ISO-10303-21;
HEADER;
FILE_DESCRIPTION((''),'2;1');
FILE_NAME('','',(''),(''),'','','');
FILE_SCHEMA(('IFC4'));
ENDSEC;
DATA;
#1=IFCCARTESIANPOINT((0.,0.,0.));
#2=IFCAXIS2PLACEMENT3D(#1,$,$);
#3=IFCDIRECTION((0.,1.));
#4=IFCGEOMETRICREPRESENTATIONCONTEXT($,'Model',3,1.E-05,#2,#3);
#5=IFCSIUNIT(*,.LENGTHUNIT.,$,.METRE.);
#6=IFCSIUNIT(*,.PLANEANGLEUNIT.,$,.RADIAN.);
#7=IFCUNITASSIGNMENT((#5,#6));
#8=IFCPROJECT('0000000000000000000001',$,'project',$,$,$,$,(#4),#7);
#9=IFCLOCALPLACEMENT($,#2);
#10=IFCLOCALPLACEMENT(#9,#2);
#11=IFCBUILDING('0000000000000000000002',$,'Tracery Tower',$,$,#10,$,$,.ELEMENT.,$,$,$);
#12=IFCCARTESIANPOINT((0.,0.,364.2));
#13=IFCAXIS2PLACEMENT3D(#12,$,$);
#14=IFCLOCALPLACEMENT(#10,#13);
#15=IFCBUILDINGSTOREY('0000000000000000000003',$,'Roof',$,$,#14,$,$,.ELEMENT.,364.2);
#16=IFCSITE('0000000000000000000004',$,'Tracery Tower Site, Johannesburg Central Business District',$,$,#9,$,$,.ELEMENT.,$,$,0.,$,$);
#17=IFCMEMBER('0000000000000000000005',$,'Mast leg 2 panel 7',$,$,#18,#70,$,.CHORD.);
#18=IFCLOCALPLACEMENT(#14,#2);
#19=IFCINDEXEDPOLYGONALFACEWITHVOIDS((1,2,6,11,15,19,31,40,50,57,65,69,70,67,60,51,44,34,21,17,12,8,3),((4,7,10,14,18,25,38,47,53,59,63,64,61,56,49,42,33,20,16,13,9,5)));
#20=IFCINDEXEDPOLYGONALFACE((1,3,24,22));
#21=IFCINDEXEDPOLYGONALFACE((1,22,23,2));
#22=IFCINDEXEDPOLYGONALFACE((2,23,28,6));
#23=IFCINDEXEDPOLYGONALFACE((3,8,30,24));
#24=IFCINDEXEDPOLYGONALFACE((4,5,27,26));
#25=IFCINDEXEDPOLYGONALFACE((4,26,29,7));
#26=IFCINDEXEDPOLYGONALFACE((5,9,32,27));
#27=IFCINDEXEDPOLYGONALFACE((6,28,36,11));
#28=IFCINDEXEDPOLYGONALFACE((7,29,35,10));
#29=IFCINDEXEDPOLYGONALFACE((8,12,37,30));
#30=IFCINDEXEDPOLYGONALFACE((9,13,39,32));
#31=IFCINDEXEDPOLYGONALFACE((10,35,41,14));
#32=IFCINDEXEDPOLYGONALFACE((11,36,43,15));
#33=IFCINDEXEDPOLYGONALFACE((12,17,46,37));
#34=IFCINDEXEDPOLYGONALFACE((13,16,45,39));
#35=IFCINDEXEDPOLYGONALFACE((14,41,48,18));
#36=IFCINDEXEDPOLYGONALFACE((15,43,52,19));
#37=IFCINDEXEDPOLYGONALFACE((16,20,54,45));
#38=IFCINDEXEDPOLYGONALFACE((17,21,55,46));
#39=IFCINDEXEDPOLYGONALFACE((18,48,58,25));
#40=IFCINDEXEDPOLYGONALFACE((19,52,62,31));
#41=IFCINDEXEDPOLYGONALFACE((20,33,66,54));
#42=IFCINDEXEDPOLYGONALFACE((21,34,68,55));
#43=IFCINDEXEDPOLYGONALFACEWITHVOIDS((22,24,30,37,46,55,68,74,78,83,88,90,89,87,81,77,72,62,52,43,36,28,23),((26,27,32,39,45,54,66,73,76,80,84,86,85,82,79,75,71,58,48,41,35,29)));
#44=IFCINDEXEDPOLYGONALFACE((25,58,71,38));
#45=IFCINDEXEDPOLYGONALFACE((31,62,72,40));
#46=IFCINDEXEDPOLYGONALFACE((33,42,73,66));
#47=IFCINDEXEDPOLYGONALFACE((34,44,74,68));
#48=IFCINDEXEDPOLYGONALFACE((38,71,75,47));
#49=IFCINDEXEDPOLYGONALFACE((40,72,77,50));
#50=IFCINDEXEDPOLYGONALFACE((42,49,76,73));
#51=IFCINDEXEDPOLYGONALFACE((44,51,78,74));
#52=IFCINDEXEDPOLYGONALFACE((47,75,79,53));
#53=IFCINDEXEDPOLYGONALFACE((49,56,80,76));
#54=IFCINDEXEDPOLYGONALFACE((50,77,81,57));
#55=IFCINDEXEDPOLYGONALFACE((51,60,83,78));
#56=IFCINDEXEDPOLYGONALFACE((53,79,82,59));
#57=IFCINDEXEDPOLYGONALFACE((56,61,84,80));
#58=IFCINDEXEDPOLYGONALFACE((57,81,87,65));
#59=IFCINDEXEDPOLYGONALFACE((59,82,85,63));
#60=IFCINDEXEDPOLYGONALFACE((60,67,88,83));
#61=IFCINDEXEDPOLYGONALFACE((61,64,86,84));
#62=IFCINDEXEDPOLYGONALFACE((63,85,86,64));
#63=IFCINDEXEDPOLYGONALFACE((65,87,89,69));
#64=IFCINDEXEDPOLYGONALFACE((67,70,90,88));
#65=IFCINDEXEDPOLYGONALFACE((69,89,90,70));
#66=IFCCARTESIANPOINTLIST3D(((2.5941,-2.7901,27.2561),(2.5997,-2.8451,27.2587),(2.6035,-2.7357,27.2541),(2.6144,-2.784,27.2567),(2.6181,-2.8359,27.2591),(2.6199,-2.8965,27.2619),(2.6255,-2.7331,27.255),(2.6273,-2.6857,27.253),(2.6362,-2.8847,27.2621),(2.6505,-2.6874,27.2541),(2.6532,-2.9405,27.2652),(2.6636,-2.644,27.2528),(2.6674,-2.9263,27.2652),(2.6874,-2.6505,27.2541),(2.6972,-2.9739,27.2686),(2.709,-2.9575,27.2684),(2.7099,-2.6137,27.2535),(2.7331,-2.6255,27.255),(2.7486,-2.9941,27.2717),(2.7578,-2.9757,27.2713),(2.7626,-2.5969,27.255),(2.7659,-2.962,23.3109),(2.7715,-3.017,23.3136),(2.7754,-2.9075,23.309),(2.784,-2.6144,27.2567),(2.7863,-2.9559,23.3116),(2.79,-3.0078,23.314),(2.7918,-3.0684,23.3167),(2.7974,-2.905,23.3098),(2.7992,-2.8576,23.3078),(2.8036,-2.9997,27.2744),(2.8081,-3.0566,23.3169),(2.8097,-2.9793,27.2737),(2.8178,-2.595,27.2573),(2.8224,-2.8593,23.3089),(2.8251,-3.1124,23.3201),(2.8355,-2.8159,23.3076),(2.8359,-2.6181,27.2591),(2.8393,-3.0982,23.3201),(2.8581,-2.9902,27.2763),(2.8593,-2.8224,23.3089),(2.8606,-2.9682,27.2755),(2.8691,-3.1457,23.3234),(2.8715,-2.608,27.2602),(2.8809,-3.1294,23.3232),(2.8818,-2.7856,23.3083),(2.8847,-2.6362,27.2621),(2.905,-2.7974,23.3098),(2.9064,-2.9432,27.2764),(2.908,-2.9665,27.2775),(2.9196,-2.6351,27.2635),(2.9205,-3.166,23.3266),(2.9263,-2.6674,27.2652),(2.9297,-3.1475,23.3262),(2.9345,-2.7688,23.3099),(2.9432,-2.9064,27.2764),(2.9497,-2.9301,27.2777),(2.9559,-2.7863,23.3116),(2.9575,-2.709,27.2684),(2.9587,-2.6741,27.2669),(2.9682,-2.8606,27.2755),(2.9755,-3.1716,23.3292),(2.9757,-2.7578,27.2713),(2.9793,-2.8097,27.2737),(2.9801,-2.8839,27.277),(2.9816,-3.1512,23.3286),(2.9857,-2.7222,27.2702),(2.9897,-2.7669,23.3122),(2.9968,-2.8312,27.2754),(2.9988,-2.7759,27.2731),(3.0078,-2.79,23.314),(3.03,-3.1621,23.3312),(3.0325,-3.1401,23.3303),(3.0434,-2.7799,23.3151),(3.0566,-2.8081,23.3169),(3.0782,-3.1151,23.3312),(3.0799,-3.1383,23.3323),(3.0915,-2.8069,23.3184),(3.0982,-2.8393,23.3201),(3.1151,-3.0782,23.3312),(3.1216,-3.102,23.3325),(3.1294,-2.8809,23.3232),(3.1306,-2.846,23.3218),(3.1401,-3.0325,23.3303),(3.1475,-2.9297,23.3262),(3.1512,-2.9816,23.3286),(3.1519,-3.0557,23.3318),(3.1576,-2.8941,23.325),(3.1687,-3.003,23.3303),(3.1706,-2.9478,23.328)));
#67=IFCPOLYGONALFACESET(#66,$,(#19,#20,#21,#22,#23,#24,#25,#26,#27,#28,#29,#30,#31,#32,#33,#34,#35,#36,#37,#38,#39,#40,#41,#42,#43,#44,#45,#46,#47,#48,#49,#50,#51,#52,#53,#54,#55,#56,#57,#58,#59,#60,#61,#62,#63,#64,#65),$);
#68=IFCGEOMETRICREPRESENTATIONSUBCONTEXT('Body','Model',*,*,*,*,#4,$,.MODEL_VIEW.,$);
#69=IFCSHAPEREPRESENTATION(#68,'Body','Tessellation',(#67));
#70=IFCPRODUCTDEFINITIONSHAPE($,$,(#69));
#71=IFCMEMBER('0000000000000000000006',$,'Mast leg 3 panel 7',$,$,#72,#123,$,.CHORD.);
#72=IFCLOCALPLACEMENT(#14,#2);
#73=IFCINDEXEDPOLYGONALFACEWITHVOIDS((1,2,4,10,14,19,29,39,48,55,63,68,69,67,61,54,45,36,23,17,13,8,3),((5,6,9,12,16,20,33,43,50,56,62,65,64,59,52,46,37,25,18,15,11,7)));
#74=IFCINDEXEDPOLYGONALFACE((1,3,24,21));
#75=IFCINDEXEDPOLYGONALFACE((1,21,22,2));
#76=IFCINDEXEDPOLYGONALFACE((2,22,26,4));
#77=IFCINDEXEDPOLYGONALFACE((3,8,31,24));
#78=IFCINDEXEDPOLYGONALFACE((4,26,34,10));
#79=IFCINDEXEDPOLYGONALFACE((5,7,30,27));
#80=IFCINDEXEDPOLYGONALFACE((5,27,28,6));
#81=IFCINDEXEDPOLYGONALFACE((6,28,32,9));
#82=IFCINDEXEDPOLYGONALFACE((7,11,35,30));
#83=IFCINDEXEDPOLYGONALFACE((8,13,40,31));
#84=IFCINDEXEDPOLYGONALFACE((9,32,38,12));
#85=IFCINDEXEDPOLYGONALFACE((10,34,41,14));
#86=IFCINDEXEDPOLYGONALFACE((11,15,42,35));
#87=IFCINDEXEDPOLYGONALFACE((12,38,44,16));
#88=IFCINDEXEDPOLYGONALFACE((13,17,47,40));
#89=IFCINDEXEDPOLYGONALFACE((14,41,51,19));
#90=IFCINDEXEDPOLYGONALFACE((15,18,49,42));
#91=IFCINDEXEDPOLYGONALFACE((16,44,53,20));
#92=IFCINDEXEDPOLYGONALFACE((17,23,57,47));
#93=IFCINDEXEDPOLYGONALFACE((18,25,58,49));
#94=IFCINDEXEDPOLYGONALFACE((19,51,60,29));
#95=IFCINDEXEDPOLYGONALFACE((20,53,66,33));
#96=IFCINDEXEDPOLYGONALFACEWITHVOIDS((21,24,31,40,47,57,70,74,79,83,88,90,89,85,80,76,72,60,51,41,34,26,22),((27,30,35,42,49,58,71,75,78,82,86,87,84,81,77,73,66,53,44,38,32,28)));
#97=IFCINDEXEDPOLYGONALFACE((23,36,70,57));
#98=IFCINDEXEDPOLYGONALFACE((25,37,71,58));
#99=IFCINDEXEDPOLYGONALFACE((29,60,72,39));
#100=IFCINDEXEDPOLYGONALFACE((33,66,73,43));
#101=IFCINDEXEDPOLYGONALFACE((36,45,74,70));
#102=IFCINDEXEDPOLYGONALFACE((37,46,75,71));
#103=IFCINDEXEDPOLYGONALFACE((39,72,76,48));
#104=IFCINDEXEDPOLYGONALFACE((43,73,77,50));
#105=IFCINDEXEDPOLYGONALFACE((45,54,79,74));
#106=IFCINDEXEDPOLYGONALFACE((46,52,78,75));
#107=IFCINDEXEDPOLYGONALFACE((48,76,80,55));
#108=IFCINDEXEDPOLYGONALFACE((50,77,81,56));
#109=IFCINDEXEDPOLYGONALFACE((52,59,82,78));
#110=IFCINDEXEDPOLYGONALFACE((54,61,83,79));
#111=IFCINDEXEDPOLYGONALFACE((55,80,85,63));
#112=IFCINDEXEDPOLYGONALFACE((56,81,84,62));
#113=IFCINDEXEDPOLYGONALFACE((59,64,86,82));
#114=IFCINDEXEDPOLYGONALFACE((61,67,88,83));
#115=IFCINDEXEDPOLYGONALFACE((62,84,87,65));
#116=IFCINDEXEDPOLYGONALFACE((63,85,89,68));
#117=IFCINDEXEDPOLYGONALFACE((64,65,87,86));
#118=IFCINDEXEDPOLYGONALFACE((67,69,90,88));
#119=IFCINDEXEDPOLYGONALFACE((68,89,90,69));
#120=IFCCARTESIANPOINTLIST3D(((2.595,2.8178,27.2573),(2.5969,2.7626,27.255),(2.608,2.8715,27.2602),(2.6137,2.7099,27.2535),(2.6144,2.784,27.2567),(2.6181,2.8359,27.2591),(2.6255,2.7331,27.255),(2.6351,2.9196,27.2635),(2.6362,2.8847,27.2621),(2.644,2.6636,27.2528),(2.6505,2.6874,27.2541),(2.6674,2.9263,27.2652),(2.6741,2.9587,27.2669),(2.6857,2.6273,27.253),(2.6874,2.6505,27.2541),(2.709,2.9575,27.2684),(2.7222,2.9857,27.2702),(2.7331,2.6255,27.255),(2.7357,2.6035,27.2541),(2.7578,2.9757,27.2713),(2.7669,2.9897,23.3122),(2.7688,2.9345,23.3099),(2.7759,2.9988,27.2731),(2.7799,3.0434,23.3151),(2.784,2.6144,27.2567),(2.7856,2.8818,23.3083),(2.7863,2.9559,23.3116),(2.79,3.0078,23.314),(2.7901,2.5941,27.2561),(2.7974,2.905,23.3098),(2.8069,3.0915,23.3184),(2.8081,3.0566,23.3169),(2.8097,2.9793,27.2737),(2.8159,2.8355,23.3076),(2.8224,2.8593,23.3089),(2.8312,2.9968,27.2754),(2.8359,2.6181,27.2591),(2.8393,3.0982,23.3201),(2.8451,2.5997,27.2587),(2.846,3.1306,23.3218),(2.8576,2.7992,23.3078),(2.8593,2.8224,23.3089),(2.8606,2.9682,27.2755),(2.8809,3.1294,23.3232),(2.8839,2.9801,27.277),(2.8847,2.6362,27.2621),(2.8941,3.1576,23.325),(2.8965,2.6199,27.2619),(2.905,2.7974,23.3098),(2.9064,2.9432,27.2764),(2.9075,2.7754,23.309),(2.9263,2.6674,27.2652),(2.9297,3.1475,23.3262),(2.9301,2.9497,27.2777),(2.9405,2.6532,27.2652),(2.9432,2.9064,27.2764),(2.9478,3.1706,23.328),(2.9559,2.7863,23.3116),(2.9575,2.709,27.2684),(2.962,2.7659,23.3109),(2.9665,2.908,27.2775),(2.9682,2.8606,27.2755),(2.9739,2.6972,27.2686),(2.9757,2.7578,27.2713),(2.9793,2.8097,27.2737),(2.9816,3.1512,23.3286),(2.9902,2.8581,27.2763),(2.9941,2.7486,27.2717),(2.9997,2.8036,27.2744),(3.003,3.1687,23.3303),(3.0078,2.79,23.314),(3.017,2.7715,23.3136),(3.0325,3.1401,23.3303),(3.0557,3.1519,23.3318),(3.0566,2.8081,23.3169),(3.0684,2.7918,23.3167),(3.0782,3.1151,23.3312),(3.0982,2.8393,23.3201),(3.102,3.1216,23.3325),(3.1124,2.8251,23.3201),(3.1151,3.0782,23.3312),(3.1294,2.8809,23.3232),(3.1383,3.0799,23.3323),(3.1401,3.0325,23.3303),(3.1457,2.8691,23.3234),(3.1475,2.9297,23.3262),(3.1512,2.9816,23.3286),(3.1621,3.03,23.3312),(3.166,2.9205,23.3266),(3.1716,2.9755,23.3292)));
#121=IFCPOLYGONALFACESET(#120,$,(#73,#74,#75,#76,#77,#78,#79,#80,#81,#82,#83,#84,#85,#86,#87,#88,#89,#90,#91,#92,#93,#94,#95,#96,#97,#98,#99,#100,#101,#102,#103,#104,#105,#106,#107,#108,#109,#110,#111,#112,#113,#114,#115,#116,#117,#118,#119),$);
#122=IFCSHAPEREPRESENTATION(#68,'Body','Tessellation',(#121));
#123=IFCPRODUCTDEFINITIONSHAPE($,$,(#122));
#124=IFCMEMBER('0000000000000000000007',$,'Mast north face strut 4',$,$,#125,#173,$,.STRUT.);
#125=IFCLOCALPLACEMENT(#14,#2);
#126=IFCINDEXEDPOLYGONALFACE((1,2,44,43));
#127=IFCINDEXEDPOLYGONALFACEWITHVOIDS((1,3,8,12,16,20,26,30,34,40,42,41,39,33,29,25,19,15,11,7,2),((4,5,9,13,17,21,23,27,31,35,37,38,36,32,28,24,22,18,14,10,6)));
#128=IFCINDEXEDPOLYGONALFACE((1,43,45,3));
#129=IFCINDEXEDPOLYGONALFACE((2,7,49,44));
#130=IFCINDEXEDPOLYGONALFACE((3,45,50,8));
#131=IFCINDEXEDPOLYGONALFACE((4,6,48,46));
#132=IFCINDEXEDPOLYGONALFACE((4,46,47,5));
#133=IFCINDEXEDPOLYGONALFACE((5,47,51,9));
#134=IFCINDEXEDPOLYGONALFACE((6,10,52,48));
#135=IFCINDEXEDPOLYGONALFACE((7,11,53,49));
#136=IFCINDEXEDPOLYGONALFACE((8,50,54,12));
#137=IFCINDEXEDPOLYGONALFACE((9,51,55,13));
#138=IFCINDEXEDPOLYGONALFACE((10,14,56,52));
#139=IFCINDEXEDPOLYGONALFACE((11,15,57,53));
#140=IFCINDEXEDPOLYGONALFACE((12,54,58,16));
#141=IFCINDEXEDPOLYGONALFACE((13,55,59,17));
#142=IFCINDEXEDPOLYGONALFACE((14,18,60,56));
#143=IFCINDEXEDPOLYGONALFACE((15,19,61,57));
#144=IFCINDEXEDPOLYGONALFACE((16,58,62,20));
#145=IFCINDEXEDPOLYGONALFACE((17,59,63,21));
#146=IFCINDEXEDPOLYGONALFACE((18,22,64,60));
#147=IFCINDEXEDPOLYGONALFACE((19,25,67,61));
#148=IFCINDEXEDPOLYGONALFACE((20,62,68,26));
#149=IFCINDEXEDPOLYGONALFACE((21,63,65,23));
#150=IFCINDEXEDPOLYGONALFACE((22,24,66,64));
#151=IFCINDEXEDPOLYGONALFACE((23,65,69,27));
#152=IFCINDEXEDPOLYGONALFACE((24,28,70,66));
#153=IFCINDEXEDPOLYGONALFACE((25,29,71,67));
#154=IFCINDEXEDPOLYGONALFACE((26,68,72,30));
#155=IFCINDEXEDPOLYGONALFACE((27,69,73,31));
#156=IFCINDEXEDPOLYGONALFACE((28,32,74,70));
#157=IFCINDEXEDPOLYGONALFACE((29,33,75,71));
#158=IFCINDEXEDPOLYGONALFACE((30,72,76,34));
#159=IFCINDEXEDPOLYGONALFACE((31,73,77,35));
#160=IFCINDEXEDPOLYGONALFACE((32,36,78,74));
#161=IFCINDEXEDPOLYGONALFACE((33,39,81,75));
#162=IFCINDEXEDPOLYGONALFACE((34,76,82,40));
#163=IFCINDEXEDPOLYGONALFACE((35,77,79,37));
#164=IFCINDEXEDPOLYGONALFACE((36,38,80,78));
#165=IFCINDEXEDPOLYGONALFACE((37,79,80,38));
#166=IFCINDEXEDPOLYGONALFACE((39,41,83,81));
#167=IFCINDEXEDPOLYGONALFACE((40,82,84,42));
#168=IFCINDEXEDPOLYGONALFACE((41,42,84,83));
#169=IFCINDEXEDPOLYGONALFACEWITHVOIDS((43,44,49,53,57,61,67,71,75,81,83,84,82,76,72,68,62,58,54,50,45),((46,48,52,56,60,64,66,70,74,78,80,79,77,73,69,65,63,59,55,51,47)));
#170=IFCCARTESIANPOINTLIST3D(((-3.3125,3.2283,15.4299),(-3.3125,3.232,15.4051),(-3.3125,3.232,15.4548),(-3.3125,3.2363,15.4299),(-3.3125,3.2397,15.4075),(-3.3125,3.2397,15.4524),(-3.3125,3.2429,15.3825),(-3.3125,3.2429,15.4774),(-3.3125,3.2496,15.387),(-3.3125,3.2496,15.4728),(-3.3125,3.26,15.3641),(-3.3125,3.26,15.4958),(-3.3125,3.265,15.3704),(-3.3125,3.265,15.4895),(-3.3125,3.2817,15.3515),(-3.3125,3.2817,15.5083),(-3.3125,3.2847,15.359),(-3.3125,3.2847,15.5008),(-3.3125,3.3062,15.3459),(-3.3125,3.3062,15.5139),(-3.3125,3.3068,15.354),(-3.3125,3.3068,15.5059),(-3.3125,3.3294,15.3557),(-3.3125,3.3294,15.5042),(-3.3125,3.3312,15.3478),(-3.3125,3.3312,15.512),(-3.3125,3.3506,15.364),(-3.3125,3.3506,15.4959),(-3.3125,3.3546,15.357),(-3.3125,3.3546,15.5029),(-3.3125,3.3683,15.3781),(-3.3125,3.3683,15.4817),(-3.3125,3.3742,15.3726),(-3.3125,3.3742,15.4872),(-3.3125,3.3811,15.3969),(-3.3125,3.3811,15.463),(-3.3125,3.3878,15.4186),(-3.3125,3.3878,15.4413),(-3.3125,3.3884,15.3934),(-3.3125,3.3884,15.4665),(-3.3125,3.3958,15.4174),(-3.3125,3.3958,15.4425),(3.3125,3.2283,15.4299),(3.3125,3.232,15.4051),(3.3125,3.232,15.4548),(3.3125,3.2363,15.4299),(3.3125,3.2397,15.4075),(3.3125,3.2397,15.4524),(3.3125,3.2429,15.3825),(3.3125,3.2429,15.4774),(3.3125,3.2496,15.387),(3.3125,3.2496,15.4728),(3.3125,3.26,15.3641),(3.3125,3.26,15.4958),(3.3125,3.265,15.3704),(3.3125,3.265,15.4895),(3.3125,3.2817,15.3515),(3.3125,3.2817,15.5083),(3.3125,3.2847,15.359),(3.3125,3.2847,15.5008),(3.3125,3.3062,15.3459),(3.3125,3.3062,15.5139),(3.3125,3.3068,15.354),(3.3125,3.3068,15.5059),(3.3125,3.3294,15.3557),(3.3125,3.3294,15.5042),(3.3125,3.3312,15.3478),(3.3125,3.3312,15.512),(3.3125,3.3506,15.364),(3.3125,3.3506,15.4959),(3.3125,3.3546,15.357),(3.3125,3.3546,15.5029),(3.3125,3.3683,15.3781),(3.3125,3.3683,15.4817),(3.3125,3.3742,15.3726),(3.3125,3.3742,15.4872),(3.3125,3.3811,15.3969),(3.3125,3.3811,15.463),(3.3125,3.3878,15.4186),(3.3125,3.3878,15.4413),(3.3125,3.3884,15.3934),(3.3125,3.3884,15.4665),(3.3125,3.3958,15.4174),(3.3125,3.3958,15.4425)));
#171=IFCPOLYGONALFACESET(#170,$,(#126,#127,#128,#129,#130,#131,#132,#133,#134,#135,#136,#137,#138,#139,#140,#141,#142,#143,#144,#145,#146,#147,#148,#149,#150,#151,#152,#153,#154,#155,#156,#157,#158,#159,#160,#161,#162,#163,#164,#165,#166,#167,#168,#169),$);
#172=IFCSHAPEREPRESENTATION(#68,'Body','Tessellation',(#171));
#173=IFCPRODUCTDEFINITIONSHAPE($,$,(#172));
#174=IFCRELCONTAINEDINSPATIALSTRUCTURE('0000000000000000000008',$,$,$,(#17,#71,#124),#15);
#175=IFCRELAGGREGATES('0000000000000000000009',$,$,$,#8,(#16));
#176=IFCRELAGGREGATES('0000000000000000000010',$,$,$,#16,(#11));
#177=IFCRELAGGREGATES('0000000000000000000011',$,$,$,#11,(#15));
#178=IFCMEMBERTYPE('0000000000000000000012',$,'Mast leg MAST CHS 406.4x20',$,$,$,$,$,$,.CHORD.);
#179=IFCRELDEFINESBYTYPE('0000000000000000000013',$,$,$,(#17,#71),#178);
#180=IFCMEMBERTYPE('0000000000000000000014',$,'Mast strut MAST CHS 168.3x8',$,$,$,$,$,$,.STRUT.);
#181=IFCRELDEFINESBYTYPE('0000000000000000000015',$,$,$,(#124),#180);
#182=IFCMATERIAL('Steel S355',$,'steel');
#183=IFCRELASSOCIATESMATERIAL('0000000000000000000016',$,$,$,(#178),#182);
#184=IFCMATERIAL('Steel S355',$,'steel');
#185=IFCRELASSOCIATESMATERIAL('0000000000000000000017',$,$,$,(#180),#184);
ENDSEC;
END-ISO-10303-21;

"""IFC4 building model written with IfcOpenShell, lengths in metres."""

from ifc_helpers import new_model, si_unit, direction, frame, origin, origin_2d, place, context, subcontext, project, spatial, hollow_circle, extrude, material, material_profile, profile_set, type_object, element, save


model = new_model("IFC4")

# Units and contexts
model_context = context("Model", 3, precision=1e-05, world=origin(), true_north=direction((0.0, 1.0)))
body_context = subcontext(model_context, "Body", "Model", "MODEL_VIEW")
ifc_project = project(units=[si_unit("LENGTHUNIT", "METRE"), si_unit("PLANEANGLEUNIT", "RADIAN")], contexts=[model_context])

# Site, building, storey
site_placement = place(None, origin())
site = spatial("IfcSite", under=ifc_project, at=site_placement, Name="Tracery Tower Site, Johannesburg Central Business District", CompositionType="ELEMENT", RefElevation=0.0)
building_placement = place(site_placement, origin())
building = spatial("IfcBuilding", under=site, at=building_placement, Name="Tracery Tower", CompositionType="ELEMENT")
storey_placement = place(building_placement, frame((0.0, 0.0, 364.2)))
storey = spatial("IfcBuildingStorey", under=building, at=storey_placement, Name="Roof", CompositionType="ELEMENT", Elevation=364.2)

# Members
ifc_material_1 = material(Name="Steel S355", Category="steel")
ifc_material_profile_1 = material_profile(ifc_material_1, hollow_circle(Radius=0.2031, WallThickness=0.02, at=origin_2d()), Name="CHS 406.4x20")
ifc_profile_set_1 = profile_set([ifc_material_profile_1], Name="Steel S355")
member_type_1 = type_object("IfcMemberType", Name="Mast leg MAST CHS 406.4x20", PredefinedType="CHORD", material=ifc_profile_set_1)
for number, where, z_axis, x_axis, name in (
    (1, (2.9688, -2.9688, 23.3201), (-0.043485, 0.043485, 0.998107), (-0.707107, -0.707107, 0.0), "Mast leg 2 panel 7"),
    (2, (2.9688, 2.9688, 23.3201), (-0.043485, -0.043485, 0.998107), (0.707107, -0.707107, 0.0), "Mast leg 3 panel 7"),
):
    element("IfcMember", number, at=place(storey_placement, frame(where, z_axis=z_axis, x_axis=x_axis)), inside=storey, type_object=member_type_1, Name=name, PredefinedType="CHORD", context=body_context, shape_type="SweptSolid", body=[
        extrude(hollow_circle(Radius=0.2031, WallThickness=0.02, at=origin_2d()), origin(), (0.0, 0.0, 1.0), 3.9526),
    ])
ifc_material_2 = material(Name="Steel S355", Category="steel")
ifc_material_profile_2 = material_profile(ifc_material_2, hollow_circle(Radius=0.0842, WallThickness=0.0081, at=origin_2d()), Name="CHS 168.3x8")
ifc_profile_set_2 = profile_set([ifc_material_profile_2], Name="Steel S355")
member_type_2 = type_object("IfcMemberType", Name="Mast strut MAST CHS 168.3x8", PredefinedType="STRUT", material=ifc_profile_set_2)
member_1_placement = place(storey_placement, frame((3.3125, 3.3125, 15.4299), z_axis=(-1.0, 0.0, 0.0), x_axis=(0.0, -1.0, 0.0)))
element("IfcMember", 3, at=member_1_placement, inside=storey, type_object=member_type_2, Name="Mast north face strut 4", PredefinedType="STRUT", context=body_context, shape_type="SweptSolid", body=[
    extrude(hollow_circle(Radius=0.0842, WallThickness=0.0081, at=origin_2d()), origin(), (0.0, 0.0, 1.0), 6.625),
])

save(model, "model.ifc")
